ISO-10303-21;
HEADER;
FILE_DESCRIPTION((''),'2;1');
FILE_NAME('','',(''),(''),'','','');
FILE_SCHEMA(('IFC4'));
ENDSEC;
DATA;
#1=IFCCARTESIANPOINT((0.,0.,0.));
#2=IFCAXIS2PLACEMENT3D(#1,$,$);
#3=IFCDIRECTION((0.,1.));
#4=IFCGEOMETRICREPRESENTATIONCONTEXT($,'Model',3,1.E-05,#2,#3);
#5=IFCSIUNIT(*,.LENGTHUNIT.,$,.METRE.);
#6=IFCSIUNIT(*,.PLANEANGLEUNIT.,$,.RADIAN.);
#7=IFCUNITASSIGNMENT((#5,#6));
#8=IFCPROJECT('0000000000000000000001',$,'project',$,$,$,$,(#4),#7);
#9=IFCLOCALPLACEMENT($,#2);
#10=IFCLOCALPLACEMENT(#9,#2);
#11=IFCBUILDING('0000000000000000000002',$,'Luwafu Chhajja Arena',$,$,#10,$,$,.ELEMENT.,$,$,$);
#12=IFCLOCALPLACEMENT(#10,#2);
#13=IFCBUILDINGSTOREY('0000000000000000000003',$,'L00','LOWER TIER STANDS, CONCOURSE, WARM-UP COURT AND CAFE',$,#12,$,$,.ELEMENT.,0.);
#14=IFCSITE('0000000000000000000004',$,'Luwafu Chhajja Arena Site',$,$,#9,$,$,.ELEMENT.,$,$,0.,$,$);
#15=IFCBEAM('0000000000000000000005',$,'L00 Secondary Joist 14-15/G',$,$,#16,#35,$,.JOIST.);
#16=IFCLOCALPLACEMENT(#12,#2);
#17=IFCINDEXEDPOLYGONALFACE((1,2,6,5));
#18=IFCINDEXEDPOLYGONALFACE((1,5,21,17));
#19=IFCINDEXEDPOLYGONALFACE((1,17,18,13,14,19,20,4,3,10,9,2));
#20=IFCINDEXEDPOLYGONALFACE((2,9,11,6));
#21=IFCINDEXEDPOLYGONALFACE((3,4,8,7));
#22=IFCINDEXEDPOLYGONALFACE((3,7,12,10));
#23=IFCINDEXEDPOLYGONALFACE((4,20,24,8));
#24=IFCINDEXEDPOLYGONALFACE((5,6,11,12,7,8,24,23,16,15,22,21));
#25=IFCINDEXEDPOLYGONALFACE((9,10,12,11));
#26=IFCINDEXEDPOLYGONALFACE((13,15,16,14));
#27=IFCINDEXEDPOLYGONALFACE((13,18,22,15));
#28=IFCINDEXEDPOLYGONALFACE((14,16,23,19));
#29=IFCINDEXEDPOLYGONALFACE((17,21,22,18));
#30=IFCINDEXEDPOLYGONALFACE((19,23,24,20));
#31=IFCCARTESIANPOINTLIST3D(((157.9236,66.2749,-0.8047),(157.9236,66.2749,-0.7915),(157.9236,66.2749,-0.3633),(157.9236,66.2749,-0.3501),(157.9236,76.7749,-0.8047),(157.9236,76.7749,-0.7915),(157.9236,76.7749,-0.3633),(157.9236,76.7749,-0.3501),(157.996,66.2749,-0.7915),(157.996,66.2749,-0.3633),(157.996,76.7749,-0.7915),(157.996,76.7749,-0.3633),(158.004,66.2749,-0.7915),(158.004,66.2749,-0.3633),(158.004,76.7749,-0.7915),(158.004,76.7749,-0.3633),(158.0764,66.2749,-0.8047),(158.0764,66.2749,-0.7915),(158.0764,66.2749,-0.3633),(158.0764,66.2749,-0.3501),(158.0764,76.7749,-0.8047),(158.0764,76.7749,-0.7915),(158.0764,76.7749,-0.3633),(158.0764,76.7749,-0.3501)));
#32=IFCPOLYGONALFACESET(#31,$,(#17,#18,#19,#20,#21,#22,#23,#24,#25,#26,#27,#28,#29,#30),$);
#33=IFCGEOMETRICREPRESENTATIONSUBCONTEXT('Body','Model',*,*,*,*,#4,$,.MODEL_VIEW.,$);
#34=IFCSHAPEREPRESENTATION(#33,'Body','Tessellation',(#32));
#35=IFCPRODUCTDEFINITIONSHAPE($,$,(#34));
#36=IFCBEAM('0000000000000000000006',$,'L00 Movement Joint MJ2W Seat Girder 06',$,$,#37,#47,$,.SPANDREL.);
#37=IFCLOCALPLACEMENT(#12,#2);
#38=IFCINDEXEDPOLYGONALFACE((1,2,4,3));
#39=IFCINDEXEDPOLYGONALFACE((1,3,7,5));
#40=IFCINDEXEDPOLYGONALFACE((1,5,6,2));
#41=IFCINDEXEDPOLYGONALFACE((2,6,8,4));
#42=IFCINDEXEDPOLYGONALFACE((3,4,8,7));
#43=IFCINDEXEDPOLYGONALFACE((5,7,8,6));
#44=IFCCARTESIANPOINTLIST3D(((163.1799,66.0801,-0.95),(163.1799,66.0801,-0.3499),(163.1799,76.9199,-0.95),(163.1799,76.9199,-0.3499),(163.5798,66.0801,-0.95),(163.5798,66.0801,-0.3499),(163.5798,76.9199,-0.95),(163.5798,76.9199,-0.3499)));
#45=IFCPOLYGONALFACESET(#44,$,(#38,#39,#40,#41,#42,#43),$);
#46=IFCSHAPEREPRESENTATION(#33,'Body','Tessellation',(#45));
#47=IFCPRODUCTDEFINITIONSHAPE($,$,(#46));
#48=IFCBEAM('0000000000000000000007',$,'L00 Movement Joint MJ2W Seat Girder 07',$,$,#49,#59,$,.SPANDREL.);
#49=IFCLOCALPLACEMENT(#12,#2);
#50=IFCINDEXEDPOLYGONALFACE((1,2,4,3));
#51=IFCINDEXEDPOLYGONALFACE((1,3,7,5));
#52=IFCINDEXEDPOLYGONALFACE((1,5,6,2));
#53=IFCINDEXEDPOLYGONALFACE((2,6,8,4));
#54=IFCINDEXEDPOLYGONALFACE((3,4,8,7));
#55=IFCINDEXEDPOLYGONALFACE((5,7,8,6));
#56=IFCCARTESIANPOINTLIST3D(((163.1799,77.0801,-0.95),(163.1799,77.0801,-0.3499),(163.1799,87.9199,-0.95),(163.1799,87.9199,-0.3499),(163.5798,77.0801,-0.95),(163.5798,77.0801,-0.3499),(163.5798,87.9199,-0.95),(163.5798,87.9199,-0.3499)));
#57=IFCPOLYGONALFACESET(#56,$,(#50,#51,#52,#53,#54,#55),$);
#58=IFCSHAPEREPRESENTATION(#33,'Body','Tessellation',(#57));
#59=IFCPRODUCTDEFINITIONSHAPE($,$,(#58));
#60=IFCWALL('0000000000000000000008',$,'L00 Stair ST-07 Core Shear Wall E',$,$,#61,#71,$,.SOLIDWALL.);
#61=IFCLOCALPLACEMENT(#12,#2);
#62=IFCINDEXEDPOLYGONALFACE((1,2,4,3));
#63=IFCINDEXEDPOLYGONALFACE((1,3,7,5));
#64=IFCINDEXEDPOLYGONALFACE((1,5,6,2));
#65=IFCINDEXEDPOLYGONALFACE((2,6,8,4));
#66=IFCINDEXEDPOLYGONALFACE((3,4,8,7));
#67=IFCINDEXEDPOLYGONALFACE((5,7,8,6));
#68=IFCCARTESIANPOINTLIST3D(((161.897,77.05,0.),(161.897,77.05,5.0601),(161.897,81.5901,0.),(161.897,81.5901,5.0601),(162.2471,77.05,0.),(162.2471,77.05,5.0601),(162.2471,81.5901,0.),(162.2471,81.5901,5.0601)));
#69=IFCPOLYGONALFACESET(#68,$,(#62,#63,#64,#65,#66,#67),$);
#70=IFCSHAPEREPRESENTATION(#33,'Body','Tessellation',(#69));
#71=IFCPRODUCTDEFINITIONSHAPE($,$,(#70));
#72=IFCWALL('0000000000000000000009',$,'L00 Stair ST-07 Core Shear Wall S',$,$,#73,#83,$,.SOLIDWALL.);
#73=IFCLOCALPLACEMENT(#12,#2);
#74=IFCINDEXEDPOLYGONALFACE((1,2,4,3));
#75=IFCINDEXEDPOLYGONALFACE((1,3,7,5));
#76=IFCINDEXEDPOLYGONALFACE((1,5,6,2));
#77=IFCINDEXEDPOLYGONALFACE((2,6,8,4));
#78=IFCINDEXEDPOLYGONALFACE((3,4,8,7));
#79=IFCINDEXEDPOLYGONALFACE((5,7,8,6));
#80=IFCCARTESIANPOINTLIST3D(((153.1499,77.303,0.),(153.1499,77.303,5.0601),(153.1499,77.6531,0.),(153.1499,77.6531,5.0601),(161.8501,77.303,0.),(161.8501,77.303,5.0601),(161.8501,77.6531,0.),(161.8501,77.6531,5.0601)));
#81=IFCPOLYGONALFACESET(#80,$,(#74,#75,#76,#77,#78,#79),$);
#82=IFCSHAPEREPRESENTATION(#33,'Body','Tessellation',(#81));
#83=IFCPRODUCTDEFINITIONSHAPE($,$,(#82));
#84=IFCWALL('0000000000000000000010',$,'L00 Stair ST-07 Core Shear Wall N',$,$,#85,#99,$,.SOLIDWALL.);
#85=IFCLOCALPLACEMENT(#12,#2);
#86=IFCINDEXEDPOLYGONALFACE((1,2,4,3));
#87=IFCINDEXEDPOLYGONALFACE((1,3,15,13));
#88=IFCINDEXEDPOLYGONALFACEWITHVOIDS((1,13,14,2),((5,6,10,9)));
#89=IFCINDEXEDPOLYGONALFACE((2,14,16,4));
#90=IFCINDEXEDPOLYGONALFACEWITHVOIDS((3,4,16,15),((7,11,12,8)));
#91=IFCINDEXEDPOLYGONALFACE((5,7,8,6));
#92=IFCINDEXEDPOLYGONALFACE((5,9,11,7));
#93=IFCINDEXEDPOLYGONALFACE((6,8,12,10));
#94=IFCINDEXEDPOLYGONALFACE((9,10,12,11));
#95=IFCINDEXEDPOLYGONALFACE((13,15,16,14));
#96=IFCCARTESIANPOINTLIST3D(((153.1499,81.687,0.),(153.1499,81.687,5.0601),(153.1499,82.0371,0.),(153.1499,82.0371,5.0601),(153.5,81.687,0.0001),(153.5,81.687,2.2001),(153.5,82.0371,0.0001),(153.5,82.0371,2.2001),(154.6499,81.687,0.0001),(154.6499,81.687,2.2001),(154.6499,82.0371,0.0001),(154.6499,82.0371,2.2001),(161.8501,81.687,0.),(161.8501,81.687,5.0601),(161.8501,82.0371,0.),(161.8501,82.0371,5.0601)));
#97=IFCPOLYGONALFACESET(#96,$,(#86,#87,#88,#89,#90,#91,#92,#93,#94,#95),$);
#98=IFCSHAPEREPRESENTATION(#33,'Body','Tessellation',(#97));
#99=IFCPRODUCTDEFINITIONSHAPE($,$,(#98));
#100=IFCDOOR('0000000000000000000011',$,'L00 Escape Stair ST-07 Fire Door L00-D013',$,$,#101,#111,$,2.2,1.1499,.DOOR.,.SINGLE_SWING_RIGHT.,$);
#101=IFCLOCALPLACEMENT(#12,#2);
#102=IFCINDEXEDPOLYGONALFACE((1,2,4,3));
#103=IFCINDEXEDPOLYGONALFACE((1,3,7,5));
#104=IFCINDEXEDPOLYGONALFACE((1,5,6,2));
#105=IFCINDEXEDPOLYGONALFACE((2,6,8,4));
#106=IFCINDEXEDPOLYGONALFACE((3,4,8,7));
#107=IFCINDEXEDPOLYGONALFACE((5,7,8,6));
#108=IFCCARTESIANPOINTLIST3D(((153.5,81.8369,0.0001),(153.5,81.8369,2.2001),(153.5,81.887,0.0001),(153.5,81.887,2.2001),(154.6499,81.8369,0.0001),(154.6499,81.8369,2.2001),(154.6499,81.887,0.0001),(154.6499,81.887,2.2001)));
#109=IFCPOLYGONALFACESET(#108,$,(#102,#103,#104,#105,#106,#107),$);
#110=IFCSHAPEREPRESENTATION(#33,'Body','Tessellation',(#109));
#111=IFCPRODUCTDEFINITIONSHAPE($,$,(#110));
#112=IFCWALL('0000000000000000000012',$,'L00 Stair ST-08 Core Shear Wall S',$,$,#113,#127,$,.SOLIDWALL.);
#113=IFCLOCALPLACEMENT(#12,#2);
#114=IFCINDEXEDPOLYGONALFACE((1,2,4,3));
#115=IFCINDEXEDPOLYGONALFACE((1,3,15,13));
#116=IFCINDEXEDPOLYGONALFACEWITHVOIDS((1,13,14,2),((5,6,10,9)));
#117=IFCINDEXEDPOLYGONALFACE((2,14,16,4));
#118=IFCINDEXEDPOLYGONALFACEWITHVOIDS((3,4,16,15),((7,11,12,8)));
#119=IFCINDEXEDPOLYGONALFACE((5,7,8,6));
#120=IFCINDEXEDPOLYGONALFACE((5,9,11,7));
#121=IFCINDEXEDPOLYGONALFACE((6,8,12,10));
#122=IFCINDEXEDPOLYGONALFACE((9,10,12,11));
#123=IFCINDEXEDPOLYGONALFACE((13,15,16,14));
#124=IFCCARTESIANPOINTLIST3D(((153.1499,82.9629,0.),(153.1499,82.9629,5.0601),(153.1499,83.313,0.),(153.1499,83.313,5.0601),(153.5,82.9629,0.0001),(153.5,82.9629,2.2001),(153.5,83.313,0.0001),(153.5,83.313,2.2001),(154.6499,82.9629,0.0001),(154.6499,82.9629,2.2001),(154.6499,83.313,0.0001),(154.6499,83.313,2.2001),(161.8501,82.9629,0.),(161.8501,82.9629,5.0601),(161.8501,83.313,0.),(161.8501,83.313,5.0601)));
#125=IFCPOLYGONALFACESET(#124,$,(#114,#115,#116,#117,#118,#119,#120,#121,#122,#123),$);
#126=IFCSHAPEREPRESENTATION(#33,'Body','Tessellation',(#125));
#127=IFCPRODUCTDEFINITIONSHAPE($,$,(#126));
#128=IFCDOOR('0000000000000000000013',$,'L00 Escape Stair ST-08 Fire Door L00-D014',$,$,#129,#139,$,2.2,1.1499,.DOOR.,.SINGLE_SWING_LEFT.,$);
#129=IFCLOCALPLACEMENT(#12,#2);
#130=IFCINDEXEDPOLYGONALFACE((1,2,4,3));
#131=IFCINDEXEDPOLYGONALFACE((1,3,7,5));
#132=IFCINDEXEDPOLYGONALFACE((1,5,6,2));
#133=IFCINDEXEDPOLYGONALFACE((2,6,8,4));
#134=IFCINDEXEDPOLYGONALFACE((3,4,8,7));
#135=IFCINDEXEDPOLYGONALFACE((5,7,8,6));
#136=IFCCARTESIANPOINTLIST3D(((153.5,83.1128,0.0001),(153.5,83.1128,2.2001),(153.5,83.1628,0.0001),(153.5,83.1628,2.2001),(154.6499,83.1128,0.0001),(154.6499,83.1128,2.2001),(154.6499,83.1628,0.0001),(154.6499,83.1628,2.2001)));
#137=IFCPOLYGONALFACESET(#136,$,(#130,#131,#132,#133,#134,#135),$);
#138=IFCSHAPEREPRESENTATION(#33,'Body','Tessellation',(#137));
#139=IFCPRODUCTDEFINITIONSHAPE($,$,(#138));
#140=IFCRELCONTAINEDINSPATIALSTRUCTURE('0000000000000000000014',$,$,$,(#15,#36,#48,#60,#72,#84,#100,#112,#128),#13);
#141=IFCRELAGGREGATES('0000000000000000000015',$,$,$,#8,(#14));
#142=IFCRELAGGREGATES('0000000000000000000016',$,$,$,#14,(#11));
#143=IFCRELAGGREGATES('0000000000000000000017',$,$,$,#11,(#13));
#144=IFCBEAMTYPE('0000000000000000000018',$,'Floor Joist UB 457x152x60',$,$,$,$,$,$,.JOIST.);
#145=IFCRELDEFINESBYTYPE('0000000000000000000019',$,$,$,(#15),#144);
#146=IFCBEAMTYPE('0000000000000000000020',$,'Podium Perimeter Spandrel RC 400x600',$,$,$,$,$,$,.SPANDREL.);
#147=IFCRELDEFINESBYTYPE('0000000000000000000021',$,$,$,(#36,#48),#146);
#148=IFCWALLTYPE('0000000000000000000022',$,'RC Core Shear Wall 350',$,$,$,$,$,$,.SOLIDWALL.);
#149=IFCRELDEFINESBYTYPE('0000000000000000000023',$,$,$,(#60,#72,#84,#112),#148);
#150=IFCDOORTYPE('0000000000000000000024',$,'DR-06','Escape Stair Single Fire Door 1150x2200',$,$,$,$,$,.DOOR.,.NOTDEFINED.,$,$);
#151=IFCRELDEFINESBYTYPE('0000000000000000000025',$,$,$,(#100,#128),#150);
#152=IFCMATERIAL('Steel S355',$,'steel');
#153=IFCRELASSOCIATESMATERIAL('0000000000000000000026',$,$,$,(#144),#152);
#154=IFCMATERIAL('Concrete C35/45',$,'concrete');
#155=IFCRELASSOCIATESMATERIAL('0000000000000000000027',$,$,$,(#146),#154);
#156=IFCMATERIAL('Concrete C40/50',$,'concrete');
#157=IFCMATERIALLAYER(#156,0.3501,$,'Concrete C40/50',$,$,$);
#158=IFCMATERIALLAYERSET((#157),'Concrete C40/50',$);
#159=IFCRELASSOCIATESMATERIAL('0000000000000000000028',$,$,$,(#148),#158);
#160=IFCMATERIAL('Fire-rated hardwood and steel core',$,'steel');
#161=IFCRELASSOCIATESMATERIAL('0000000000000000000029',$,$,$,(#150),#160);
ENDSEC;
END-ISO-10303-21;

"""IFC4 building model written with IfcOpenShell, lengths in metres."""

from ifc_helpers import new_model, si_unit, direction, frame, frame_2d, origin, origin_2d, place, context, subcontext, project, spatial, rectangle, i_section, extrude, material, layer, layer_set, material_profile, profile_set, type_object, element, fill, save


model = new_model("IFC4")

# Units and contexts
model_context = context("Model", 3, precision=1e-05, world=origin(), true_north=direction((0.0, 1.0)))
body_context = subcontext(model_context, "Body", "Model", "MODEL_VIEW")
ifc_project = project(units=[si_unit("LENGTHUNIT", "METRE"), si_unit("PLANEANGLEUNIT", "RADIAN")], contexts=[model_context])

# Site, building, storey
site_placement = place(None, origin())
site = spatial("IfcSite", under=ifc_project, at=site_placement, Name="Luwafu Chhajja Arena Site", CompositionType="ELEMENT", RefElevation=0.0)
building_placement = place(site_placement, origin())
building = spatial("IfcBuilding", under=site, at=building_placement, Name="Luwafu Chhajja Arena", CompositionType="ELEMENT")
storey_placement = place(building_placement, origin())
storey = spatial("IfcBuildingStorey", under=building, at=storey_placement, Name="L00", Description="LOWER TIER STANDS, CONCOURSE, WARM-UP COURT AND CAFE", CompositionType="ELEMENT", Elevation=0.0)

# Beams
ifc_material_1 = material(Name="Steel S355", Category="steel")
ifc_material_profile_1 = material_profile(ifc_material_1, i_section(OverallWidth=0.1528, OverallDepth=0.4546, WebThickness=0.0081, FlangeThickness=0.0132, at=origin_2d()), Name="UB 457x152x60")
ifc_profile_set_1 = profile_set([ifc_material_profile_1], Name="Steel S355")
beam_type_1 = type_object("IfcBeamType", Name="Floor Joist UB 457x152x60", PredefinedType="JOIST", material=ifc_profile_set_1)
beam_placement = place(storey_placement, frame((158.0, 66.2749, -0.5774), z_axis=(0.0, 1.0, 0.0), x_axis=(-1.0, 0.0, 0.0)))
element("IfcBeam", 1, at=beam_placement, inside=storey, type_object=beam_type_1, Name="L00 Secondary Joist 14-15/G", PredefinedType="JOIST", context=body_context, shape_type="SweptSolid", body=[
    extrude(i_section(OverallWidth=0.1528, OverallDepth=0.4546, WebThickness=0.0081, FlangeThickness=0.0132, at=origin_2d()), origin(), (0.0, 0.0, 1.0), 10.5),
])
ifc_material_2 = material(Name="Concrete C35/45", Category="concrete")
ifc_material_profile_2 = material_profile(ifc_material_2, rectangle(XDim=0.3999, YDim=0.6001, at=origin_2d()), Name="RC 400x600")
ifc_profile_set_2 = profile_set([ifc_material_profile_2], Name="Concrete C35/45")
beam_type_2 = type_object("IfcBeamType", Name="Podium Perimeter Spandrel RC 400x600", PredefinedType="SPANDREL", material=ifc_profile_set_2)
for number, where, z_axis, x_axis, name in (
    (2, (163.3799, 66.0801, -0.6499), (0.0, 1.0, 0.0), (-1.0, 0.0, 0.0), "L00 Movement Joint MJ2W Seat Girder 06"),
    (3, (163.3799, 77.0801, -0.6499), (0.0, 1.0, 0.0), (-1.0, 0.0, 0.0), "L00 Movement Joint MJ2W Seat Girder 07"),
):
    element("IfcBeam", number, at=place(storey_placement, frame(where, z_axis=z_axis, x_axis=x_axis)), inside=storey, type_object=beam_type_2, Name=name, PredefinedType="SPANDREL", context=body_context, shape_type="SweptSolid", body=[
        extrude(rectangle(XDim=0.3999, YDim=0.6001, at=origin_2d()), origin(), (0.0, 0.0, 1.0), 10.8398),
    ])

# Walls
ifc_material_3 = material(Name="Concrete C40/50", Category="concrete")
ifc_layer_1 = layer(ifc_material_3, 0.3501, Name="Concrete C40/50")
ifc_layer_set_1 = layer_set([ifc_layer_1], Name="Concrete C40/50")
wall_type = type_object("IfcWallType", Name="RC Core Shear Wall 350", PredefinedType="SOLIDWALL", material=ifc_layer_set_1)
wall_1_placement = place(storey_placement, frame((162.072, 77.05, 0.0), z_axis=(0.0, 0.0, 1.0), x_axis=(0.0, 1.0, 0.0)))
element("IfcWall", 4, at=wall_1_placement, inside=storey, type_object=wall_type, Name="L00 Stair ST-07 Core Shear Wall E", PredefinedType="SOLIDWALL", context=body_context, shape_type="SweptSolid", body=[
    extrude(rectangle(XDim=4.54, YDim=0.3501, at=frame_2d((2.27, 0.0))), origin(), (0.0, 0.0, 1.0), 5.0601),
])
wall_2_placement = place(storey_placement, frame((153.1499, 77.478, 0.0), z_axis=(0.0, 0.0, 1.0), x_axis=(1.0, 0.0, 0.0)))
element("IfcWall", 5, at=wall_2_placement, inside=storey, type_object=wall_type, Name="L00 Stair ST-07 Core Shear Wall S", PredefinedType="SOLIDWALL", context=body_context, shape_type="SweptSolid", body=[
    extrude(rectangle(XDim=8.7002, YDim=0.3501, at=frame_2d((4.3501, 0.0))), origin(), (0.0, 0.0, 1.0), 5.0601),
])

# Walls, openings, doors
wall_3_placement = place(storey_placement, frame((153.1499, 81.8621, 0.0), z_axis=(0.0, 0.0, 1.0), x_axis=(1.0, 0.0, 0.0)))
wall_3 = element("IfcWall", 6, at=wall_3_placement, inside=storey, type_object=wall_type, Name="L00 Stair ST-07 Core Shear Wall N", PredefinedType="SOLIDWALL", context=body_context, shape_type="SweptSolid", body=[
    extrude(rectangle(XDim=8.7002, YDim=0.3501, at=frame_2d((4.3501, 0.0))), origin(), (0.0, 0.0, 1.0), 5.0601),
])
opening_1_placement = place(wall_3_placement, frame((0.3501, 0.0, 0.0)))
opening_1 = element("IfcOpeningElement", 7, at=opening_1_placement, cuts=wall_3, PredefinedType="OPENING", context=body_context, shape_type="SweptSolid", body=[
    extrude(rectangle(XDim=1.1499, YDim=2.2, at=frame_2d((0.575, 1.1001))), frame((0.0, 0.1851, 0.0), z_axis=(0.0, -1.0, 0.0), x_axis=(1.0, 0.0, 0.0)), (0.0, 0.0, 1.0), 0.3701),
])
ifc_material_4 = material(Name="Fire-rated hardwood and steel core", Category="steel")
door_type = type_object("IfcDoorType", Name="DR-06", Description="Escape Stair Single Fire Door 1150x2200", OperationType="NOTDEFINED", PredefinedType="DOOR", material=ifc_material_4)
door_1_placement = place(opening_1_placement, origin())
door_1 = element("IfcDoor", 8, at=door_1_placement, inside=storey, type_object=door_type, Name="L00 Escape Stair ST-07 Fire Door L00-D013", OperationType="SINGLE_SWING_RIGHT", OverallHeight=2.2, OverallWidth=1.1499, PredefinedType="DOOR", context=body_context, shape_type="SweptSolid", body=[
    extrude(rectangle(XDim=1.1499, YDim=2.2, at=frame_2d((0.575, 1.1001))), frame((0.0, 0.0249, 0.0), z_axis=(0.0, -1.0, 0.0), x_axis=(1.0, 0.0, 0.0)), (0.0, 0.0, 1.0), 0.05),
])
fill(opening_1, door_1)
wall_4_placement = place(storey_placement, frame((153.1499, 83.1379, 0.0), z_axis=(0.0, 0.0, 1.0), x_axis=(1.0, 0.0, 0.0)))
wall_4 = element("IfcWall", 9, at=wall_4_placement, inside=storey, type_object=wall_type, Name="L00 Stair ST-08 Core Shear Wall S", PredefinedType="SOLIDWALL", context=body_context, shape_type="SweptSolid", body=[
    extrude(rectangle(XDim=8.7002, YDim=0.3501, at=frame_2d((4.3501, 0.0))), origin(), (0.0, 0.0, 1.0), 5.0601),
])
opening_2_placement = place(wall_4_placement, frame((0.3501, 0.0, 0.0)))
opening_2 = element("IfcOpeningElement", 10, at=opening_2_placement, cuts=wall_4, PredefinedType="OPENING", context=body_context, shape_type="SweptSolid", body=[
    extrude(rectangle(XDim=1.1499, YDim=2.2, at=frame_2d((0.575, 1.1001))), frame((0.0, 0.1851, 0.0), z_axis=(0.0, -1.0, 0.0), x_axis=(1.0, 0.0, 0.0)), (0.0, 0.0, 1.0), 0.3701),
])
door_2_placement = place(opening_2_placement, origin())
door_2 = element("IfcDoor", 11, at=door_2_placement, inside=storey, type_object=door_type, Name="L00 Escape Stair ST-08 Fire Door L00-D014", OperationType="SINGLE_SWING_LEFT", OverallHeight=2.2, OverallWidth=1.1499, PredefinedType="DOOR", context=body_context, shape_type="SweptSolid", body=[
    extrude(rectangle(XDim=1.1499, YDim=2.2, at=frame_2d((0.575, 1.1001))), frame((0.0, 0.0249, 0.0), z_axis=(0.0, -1.0, 0.0), x_axis=(1.0, 0.0, 0.0)), (0.0, 0.0, 1.0), 0.05),
])
fill(opening_2, door_2)

save(model, "model.ifc")
